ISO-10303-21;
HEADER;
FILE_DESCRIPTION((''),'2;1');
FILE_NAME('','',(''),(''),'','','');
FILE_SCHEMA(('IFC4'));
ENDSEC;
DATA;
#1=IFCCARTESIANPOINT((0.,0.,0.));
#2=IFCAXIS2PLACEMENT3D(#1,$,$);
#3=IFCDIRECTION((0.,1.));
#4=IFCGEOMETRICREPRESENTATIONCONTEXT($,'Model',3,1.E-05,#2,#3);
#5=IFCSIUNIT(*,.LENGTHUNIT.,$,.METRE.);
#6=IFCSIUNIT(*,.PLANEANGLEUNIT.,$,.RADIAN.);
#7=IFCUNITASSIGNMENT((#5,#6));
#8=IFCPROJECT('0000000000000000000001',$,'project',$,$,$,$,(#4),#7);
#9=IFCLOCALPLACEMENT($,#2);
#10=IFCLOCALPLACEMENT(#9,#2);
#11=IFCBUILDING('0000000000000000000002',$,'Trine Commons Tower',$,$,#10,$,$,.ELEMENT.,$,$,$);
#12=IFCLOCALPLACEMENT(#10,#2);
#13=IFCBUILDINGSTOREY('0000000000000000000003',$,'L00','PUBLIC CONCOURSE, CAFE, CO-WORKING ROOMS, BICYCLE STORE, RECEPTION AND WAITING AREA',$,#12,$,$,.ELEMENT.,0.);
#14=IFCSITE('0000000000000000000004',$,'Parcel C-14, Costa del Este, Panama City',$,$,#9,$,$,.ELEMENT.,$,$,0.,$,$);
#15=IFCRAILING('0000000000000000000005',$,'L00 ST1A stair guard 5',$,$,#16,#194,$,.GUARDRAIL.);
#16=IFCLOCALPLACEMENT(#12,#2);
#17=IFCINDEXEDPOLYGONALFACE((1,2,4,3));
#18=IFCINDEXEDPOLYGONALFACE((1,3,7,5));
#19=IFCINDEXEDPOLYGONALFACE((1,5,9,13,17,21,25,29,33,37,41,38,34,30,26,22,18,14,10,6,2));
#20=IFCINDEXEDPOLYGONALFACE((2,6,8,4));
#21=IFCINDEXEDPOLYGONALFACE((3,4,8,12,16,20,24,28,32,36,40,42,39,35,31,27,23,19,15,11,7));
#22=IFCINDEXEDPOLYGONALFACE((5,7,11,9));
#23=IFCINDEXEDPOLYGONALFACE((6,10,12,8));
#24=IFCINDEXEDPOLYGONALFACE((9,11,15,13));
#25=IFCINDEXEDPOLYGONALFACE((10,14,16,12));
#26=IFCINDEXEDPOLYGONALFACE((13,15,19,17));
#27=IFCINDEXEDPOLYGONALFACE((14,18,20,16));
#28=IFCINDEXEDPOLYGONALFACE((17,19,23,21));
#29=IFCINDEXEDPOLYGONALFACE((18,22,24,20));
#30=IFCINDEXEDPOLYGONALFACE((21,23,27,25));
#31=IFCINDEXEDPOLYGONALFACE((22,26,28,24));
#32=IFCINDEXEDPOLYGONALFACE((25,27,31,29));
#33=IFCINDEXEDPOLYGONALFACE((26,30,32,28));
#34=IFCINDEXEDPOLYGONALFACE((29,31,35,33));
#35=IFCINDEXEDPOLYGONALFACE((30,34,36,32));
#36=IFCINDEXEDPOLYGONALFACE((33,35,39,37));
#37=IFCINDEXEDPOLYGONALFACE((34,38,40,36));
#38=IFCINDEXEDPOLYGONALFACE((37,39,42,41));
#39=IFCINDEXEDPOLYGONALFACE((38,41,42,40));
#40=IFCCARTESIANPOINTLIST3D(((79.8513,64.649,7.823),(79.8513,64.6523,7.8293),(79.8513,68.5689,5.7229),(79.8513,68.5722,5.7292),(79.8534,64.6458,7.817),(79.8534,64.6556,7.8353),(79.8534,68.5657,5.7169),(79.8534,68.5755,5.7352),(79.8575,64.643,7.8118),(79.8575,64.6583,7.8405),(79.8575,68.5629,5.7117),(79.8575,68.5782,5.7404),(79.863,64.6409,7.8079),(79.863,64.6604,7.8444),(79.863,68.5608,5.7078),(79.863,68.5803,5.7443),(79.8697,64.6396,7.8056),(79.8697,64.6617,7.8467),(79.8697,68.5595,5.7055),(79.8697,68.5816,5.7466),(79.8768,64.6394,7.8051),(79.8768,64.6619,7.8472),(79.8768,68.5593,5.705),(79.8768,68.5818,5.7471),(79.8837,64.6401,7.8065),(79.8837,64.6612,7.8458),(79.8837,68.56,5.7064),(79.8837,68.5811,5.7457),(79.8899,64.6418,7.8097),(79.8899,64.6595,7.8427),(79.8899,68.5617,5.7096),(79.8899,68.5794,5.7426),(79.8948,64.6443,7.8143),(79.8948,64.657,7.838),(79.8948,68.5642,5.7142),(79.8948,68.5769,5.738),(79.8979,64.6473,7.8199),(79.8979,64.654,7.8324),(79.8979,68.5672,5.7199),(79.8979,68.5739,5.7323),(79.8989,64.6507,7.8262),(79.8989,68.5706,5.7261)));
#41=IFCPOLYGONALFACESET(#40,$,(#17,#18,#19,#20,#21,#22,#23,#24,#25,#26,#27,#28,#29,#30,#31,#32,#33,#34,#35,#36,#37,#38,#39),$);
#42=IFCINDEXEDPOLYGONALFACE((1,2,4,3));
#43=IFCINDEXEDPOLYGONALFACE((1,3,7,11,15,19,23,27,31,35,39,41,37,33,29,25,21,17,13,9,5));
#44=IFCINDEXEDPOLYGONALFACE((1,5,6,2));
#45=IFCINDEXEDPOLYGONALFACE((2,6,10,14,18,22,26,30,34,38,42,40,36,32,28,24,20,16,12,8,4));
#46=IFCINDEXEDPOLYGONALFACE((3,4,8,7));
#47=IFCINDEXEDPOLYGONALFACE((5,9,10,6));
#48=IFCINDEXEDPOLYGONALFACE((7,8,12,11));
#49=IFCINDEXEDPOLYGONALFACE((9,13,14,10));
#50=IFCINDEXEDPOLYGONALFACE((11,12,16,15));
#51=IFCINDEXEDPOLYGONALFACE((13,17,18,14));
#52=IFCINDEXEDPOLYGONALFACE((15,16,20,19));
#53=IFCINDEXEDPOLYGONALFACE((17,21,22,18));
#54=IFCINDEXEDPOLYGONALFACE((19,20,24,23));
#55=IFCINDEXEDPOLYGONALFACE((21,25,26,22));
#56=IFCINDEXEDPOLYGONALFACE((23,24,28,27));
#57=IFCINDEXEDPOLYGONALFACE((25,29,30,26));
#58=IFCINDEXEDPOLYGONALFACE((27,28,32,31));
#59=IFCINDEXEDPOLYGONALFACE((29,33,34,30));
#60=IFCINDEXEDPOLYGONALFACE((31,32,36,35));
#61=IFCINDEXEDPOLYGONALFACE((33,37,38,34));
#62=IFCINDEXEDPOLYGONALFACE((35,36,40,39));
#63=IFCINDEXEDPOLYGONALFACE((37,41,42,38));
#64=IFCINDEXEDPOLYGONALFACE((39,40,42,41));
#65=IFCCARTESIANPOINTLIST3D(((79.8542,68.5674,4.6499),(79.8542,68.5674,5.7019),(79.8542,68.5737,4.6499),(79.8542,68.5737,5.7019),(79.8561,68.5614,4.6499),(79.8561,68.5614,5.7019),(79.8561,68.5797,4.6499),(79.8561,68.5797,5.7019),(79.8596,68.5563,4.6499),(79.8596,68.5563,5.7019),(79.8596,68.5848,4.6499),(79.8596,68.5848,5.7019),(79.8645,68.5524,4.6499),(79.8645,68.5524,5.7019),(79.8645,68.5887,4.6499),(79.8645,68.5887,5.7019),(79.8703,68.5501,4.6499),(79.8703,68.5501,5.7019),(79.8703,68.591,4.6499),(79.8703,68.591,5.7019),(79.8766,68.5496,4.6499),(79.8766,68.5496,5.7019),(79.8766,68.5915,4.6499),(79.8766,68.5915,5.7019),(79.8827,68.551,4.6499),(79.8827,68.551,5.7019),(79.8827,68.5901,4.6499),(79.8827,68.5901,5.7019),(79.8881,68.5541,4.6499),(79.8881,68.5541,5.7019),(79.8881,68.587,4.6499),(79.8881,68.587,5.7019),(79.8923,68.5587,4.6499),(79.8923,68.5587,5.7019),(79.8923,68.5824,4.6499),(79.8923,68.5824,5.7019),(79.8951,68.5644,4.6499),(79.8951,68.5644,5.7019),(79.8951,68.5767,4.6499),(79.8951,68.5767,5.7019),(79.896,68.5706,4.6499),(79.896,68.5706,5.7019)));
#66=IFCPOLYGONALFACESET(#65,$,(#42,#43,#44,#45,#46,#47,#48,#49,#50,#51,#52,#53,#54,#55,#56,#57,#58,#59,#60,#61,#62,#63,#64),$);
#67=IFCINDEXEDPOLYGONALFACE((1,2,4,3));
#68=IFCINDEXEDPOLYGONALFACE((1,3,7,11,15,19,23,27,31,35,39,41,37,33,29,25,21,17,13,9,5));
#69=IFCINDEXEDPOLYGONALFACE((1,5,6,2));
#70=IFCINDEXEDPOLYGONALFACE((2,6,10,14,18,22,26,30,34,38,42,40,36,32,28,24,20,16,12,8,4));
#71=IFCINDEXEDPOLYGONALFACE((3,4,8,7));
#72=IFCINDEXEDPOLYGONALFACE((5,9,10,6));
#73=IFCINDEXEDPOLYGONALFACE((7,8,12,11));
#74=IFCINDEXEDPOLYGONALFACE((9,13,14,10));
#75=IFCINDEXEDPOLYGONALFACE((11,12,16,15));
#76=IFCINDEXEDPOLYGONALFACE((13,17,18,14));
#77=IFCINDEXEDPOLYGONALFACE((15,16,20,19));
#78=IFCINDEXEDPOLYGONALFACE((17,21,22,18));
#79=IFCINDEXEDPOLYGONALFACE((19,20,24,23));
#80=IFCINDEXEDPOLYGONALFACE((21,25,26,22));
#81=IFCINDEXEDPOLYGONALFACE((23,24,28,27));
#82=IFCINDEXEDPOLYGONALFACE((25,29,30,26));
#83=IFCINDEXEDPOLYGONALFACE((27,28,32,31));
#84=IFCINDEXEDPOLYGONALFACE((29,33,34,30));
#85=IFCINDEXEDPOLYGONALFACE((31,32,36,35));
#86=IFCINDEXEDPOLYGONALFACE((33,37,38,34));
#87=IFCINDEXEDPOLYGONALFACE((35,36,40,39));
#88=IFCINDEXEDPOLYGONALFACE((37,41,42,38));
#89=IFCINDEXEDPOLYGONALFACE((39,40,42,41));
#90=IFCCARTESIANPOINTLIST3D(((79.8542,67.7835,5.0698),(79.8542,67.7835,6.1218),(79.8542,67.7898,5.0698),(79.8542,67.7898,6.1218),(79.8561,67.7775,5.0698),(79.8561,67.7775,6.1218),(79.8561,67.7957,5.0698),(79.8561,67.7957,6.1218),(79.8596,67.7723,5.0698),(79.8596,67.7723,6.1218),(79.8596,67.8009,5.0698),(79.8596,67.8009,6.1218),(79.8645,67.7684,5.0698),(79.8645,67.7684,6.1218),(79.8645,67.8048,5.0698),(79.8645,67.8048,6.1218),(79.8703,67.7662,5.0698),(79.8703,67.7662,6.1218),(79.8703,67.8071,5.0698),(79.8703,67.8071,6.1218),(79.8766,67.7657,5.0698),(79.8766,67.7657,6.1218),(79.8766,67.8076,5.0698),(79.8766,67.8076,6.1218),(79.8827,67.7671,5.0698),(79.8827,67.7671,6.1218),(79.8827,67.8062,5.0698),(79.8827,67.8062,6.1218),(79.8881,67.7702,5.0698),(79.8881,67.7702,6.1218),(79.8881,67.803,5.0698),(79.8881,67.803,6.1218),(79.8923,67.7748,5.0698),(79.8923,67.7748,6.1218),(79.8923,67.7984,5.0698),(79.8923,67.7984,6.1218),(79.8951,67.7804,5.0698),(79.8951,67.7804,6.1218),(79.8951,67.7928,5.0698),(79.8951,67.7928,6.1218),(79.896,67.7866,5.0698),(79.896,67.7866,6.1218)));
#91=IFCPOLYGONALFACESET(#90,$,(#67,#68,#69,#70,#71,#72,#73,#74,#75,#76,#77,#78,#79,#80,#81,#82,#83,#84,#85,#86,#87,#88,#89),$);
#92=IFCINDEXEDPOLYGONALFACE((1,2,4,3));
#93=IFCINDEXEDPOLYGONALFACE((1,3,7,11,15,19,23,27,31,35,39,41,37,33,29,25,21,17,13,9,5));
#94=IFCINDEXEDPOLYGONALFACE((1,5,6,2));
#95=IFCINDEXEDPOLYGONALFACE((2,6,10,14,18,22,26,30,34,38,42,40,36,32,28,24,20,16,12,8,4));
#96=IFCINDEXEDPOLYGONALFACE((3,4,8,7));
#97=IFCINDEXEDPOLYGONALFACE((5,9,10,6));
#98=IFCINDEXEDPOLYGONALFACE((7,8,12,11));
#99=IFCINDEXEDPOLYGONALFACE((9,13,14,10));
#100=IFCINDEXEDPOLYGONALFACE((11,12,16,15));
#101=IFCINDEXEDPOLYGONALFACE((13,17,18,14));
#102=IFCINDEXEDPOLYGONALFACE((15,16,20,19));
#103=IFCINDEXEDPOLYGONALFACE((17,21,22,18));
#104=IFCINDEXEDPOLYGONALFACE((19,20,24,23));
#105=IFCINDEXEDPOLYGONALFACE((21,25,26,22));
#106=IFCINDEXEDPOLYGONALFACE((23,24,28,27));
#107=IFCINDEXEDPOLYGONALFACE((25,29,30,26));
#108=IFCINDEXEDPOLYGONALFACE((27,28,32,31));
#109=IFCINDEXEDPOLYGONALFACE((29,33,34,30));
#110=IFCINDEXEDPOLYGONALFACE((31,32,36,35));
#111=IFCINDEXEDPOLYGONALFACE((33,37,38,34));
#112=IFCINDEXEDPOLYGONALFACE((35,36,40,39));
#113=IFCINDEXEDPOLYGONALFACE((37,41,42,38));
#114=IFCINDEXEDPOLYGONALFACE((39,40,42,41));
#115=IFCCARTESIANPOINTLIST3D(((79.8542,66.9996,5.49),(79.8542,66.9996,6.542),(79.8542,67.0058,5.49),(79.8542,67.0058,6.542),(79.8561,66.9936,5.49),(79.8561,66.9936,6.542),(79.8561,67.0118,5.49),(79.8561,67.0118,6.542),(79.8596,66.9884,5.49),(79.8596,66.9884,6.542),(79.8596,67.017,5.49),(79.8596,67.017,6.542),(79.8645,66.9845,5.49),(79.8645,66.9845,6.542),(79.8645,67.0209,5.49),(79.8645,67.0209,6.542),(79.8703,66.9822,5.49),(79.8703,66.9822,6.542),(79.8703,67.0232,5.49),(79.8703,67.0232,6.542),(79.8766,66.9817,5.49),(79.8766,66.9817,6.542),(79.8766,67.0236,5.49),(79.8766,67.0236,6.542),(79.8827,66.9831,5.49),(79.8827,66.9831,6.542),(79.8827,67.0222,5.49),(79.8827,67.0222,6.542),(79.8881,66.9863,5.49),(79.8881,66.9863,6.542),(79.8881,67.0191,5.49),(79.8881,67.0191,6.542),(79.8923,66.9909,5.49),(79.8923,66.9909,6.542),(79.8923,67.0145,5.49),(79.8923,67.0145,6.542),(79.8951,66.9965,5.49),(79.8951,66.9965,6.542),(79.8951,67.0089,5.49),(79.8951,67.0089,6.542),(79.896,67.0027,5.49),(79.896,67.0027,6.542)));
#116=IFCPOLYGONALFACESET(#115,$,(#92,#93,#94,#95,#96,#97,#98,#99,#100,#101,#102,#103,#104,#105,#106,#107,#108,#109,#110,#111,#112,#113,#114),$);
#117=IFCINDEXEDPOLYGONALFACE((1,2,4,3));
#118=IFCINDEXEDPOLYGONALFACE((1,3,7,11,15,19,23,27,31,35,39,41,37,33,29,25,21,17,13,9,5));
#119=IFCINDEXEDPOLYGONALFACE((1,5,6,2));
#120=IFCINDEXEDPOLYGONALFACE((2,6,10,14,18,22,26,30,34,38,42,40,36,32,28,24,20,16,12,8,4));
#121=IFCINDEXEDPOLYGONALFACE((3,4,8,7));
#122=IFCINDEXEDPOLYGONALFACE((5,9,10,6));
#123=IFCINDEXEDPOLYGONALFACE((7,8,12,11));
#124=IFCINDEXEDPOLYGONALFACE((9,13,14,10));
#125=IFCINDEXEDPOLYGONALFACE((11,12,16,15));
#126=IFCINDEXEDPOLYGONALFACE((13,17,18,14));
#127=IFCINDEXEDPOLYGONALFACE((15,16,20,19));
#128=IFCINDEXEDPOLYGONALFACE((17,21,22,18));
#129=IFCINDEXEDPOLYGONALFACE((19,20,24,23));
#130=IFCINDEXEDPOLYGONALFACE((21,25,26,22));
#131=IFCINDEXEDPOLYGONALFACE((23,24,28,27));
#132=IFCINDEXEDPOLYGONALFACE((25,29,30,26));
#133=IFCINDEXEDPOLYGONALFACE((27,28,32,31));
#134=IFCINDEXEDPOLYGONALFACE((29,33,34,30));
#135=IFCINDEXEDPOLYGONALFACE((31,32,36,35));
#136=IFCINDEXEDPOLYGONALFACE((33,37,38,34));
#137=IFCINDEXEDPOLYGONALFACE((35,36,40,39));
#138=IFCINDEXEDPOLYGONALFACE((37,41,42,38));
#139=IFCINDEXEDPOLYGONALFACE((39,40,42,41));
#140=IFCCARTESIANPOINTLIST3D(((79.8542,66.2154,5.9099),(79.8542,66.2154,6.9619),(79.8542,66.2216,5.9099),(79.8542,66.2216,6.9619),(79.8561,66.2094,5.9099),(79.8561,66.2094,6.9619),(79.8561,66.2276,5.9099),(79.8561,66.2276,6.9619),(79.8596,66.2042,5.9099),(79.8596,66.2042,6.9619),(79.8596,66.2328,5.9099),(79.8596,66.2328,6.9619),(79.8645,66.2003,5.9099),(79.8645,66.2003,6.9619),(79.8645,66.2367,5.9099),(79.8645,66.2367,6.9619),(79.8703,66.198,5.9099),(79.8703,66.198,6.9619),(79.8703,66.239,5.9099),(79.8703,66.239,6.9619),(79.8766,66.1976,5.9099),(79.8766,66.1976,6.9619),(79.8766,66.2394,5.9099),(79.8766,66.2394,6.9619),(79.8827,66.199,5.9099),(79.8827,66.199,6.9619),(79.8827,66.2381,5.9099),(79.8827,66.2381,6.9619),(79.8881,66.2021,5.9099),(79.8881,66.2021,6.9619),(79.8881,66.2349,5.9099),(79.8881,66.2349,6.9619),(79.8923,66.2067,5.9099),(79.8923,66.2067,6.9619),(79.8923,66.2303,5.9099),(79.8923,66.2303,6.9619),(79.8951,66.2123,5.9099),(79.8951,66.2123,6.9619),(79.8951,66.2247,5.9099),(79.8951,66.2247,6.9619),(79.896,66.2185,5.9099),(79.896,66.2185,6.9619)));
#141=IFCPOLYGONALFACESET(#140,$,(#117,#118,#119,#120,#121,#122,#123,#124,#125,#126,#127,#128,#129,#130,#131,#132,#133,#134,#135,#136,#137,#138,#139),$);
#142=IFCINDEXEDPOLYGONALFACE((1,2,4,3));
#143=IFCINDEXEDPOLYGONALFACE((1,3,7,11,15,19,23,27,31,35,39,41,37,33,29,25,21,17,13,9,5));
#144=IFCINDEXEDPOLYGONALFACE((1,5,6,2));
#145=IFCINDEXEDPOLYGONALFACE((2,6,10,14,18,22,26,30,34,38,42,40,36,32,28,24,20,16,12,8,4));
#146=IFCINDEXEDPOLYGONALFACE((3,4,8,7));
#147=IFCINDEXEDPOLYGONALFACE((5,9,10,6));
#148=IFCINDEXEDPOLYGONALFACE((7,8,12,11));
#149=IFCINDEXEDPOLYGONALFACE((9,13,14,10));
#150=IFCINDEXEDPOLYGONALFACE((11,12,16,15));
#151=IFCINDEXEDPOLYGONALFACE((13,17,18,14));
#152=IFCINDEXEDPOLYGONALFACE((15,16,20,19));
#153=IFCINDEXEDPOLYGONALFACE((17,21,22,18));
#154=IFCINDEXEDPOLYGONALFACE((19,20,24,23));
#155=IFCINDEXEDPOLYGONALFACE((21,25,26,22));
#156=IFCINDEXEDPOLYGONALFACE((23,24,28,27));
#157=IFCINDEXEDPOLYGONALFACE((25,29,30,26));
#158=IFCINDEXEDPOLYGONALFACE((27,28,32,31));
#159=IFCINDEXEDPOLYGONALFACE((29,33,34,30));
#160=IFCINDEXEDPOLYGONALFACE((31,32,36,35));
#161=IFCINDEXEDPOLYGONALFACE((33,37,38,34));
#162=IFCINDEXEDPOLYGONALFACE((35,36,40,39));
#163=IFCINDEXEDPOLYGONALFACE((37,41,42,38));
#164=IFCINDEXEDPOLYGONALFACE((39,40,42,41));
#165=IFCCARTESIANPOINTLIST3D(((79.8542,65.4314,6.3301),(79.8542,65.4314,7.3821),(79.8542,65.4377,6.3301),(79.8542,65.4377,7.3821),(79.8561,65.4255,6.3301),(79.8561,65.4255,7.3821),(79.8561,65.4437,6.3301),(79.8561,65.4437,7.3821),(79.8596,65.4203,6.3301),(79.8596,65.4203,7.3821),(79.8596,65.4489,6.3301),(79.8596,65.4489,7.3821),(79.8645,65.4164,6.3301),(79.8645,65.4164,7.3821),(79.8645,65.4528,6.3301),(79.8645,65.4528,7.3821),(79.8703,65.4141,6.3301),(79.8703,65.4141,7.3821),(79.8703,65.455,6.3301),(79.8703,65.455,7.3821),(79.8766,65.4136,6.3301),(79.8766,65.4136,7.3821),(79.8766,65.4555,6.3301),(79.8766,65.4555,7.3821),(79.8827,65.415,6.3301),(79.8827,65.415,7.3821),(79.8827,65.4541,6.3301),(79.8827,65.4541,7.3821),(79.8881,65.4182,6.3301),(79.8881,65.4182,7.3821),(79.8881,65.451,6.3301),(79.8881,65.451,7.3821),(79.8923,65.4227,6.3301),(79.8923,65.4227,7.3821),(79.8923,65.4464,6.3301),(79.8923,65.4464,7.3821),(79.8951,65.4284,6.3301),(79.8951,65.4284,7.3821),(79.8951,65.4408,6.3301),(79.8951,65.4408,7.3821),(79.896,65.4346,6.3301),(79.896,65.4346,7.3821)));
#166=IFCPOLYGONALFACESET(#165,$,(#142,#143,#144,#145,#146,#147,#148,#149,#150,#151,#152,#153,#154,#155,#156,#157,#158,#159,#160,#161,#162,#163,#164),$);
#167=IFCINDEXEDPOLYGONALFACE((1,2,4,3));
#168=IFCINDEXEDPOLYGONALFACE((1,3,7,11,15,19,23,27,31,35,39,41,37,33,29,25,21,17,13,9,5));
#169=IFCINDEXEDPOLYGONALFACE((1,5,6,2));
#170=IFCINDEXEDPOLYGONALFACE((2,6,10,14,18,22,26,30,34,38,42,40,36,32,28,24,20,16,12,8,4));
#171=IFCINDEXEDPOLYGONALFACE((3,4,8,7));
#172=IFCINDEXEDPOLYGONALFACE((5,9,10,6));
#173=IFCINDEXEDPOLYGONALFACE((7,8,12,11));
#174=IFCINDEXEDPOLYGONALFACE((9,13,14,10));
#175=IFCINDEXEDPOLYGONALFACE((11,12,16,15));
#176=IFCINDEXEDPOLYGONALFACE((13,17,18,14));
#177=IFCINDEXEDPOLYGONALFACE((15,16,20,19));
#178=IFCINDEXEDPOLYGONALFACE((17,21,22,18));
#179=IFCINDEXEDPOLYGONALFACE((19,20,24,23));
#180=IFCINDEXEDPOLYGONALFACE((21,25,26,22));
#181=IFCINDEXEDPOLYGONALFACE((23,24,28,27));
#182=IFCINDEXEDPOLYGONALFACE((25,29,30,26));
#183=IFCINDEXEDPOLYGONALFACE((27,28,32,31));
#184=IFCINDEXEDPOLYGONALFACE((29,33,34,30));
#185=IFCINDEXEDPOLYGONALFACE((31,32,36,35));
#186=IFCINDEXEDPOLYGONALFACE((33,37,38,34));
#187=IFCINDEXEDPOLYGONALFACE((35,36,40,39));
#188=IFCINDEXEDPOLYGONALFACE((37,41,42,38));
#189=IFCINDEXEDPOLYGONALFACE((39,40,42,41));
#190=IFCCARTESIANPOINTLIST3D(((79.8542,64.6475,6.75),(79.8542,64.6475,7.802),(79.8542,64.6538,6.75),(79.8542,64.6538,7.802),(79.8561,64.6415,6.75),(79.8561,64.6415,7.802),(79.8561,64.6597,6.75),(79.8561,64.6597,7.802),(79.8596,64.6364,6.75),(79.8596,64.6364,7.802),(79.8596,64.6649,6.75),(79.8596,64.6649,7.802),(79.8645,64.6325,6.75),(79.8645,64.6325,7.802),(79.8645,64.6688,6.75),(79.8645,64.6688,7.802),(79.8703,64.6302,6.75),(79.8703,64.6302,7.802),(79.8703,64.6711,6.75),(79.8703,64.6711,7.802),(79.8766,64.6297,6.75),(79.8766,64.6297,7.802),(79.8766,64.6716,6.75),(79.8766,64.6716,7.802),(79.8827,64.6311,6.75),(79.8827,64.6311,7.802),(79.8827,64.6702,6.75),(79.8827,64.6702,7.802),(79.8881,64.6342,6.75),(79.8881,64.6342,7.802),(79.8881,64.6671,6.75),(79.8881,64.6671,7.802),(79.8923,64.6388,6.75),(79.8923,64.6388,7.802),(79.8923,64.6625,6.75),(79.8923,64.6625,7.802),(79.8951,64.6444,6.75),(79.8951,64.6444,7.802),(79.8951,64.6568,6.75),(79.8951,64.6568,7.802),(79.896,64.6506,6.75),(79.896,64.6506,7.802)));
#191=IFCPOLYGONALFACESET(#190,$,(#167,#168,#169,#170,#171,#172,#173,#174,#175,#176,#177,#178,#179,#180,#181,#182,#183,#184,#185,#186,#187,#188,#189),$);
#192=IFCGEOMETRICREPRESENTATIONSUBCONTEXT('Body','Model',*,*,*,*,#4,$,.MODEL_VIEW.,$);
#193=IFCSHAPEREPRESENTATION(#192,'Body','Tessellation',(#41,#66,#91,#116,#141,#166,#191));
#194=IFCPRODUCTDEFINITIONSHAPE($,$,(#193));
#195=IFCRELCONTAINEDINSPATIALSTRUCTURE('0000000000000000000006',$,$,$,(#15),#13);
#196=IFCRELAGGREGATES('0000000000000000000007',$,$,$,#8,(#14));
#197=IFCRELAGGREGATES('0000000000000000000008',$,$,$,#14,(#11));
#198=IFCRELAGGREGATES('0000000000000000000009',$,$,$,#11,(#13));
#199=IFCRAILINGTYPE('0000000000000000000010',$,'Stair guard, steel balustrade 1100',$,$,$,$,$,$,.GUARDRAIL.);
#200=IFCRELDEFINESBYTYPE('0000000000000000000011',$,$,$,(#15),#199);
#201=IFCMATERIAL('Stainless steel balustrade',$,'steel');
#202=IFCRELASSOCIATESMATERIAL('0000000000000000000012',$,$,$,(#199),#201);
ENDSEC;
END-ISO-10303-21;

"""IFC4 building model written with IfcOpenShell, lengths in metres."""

from ifc_helpers import new_model, si_unit, direction, frame, origin, origin_2d, place, context, subcontext, project, spatial, circle, extrude, material, type_object, element, save


model = new_model("IFC4")

# Units and contexts
model_context = context("Model", 3, precision=1e-05, world=origin(), true_north=direction((0.0, 1.0)))
body_context = subcontext(model_context, "Body", "Model", "MODEL_VIEW")
ifc_project = project(units=[si_unit("LENGTHUNIT", "METRE"), si_unit("PLANEANGLEUNIT", "RADIAN")], contexts=[model_context])

# Site, building, storey
site_placement = place(None, origin())
site = spatial("IfcSite", under=ifc_project, at=site_placement, Name="Parcel C-14, Costa del Este, Panama City", CompositionType="ELEMENT", RefElevation=0.0)
building_placement = place(site_placement, origin())
building = spatial("IfcBuilding", under=site, at=building_placement, Name="Trine Commons Tower", CompositionType="ELEMENT")
storey_placement = place(building_placement, origin())
storey = spatial("IfcBuildingStorey", under=building, at=storey_placement, Name="L00", Description="PUBLIC CONCOURSE, CAFE, CO-WORKING ROOMS, BICYCLE STORE, RECEPTION AND WAITING AREA", CompositionType="ELEMENT", Elevation=0.0)

# Railing
ifc_material_1 = material(Name="Stainless steel balustrade", Category="steel")
railing_type = type_object("IfcRailingType", Name="Stair guard, steel balustrade 1100", PredefinedType="GUARDRAIL", material=ifc_material_1)
railing_1_placement = place(storey_placement, frame((79.875, 68.5706, 4.6499)))
element("IfcRailing", 1, at=railing_1_placement, inside=storey, type_object=railing_type, Name="L00 ST1A stair guard 5", PredefinedType="GUARDRAIL", context=body_context, shape_type="SweptSolid", body=[
    extrude(circle(Radius=0.0239, at=origin_2d()), frame((0.0, 0.0, 1.0762), z_axis=(0.0, -0.881467, 0.472246), x_axis=(1.0, 0.0, 0.0)), (0.0, 0.0, 1.0), 4.447),
    extrude(circle(Radius=0.021, at=origin_2d()), origin(), (0.0, 0.0, 1.0), 1.052),
    extrude(circle(Radius=0.021, at=origin_2d()), frame((0.0, -0.7839, 0.4199)), (0.0, 0.0, 1.0), 1.052),
    extrude(circle(Radius=0.021, at=origin_2d()), frame((0.0, -1.5679, 0.8401)), (0.0, 0.0, 1.0), 1.052),
    extrude(circle(Radius=0.021, at=origin_2d()), frame((0.0, -2.3521, 1.26)), (0.0, 0.0, 1.0), 1.052),
    extrude(circle(Radius=0.021, at=origin_2d()), frame((0.0, -3.136, 1.6802)), (0.0, 0.0, 1.0), 1.052),
    extrude(circle(Radius=0.021, at=origin_2d()), frame((0.0, -3.9199, 2.1001)), (0.0, 0.0, 1.0), 1.052),
])

save(model, "model.ifc")
